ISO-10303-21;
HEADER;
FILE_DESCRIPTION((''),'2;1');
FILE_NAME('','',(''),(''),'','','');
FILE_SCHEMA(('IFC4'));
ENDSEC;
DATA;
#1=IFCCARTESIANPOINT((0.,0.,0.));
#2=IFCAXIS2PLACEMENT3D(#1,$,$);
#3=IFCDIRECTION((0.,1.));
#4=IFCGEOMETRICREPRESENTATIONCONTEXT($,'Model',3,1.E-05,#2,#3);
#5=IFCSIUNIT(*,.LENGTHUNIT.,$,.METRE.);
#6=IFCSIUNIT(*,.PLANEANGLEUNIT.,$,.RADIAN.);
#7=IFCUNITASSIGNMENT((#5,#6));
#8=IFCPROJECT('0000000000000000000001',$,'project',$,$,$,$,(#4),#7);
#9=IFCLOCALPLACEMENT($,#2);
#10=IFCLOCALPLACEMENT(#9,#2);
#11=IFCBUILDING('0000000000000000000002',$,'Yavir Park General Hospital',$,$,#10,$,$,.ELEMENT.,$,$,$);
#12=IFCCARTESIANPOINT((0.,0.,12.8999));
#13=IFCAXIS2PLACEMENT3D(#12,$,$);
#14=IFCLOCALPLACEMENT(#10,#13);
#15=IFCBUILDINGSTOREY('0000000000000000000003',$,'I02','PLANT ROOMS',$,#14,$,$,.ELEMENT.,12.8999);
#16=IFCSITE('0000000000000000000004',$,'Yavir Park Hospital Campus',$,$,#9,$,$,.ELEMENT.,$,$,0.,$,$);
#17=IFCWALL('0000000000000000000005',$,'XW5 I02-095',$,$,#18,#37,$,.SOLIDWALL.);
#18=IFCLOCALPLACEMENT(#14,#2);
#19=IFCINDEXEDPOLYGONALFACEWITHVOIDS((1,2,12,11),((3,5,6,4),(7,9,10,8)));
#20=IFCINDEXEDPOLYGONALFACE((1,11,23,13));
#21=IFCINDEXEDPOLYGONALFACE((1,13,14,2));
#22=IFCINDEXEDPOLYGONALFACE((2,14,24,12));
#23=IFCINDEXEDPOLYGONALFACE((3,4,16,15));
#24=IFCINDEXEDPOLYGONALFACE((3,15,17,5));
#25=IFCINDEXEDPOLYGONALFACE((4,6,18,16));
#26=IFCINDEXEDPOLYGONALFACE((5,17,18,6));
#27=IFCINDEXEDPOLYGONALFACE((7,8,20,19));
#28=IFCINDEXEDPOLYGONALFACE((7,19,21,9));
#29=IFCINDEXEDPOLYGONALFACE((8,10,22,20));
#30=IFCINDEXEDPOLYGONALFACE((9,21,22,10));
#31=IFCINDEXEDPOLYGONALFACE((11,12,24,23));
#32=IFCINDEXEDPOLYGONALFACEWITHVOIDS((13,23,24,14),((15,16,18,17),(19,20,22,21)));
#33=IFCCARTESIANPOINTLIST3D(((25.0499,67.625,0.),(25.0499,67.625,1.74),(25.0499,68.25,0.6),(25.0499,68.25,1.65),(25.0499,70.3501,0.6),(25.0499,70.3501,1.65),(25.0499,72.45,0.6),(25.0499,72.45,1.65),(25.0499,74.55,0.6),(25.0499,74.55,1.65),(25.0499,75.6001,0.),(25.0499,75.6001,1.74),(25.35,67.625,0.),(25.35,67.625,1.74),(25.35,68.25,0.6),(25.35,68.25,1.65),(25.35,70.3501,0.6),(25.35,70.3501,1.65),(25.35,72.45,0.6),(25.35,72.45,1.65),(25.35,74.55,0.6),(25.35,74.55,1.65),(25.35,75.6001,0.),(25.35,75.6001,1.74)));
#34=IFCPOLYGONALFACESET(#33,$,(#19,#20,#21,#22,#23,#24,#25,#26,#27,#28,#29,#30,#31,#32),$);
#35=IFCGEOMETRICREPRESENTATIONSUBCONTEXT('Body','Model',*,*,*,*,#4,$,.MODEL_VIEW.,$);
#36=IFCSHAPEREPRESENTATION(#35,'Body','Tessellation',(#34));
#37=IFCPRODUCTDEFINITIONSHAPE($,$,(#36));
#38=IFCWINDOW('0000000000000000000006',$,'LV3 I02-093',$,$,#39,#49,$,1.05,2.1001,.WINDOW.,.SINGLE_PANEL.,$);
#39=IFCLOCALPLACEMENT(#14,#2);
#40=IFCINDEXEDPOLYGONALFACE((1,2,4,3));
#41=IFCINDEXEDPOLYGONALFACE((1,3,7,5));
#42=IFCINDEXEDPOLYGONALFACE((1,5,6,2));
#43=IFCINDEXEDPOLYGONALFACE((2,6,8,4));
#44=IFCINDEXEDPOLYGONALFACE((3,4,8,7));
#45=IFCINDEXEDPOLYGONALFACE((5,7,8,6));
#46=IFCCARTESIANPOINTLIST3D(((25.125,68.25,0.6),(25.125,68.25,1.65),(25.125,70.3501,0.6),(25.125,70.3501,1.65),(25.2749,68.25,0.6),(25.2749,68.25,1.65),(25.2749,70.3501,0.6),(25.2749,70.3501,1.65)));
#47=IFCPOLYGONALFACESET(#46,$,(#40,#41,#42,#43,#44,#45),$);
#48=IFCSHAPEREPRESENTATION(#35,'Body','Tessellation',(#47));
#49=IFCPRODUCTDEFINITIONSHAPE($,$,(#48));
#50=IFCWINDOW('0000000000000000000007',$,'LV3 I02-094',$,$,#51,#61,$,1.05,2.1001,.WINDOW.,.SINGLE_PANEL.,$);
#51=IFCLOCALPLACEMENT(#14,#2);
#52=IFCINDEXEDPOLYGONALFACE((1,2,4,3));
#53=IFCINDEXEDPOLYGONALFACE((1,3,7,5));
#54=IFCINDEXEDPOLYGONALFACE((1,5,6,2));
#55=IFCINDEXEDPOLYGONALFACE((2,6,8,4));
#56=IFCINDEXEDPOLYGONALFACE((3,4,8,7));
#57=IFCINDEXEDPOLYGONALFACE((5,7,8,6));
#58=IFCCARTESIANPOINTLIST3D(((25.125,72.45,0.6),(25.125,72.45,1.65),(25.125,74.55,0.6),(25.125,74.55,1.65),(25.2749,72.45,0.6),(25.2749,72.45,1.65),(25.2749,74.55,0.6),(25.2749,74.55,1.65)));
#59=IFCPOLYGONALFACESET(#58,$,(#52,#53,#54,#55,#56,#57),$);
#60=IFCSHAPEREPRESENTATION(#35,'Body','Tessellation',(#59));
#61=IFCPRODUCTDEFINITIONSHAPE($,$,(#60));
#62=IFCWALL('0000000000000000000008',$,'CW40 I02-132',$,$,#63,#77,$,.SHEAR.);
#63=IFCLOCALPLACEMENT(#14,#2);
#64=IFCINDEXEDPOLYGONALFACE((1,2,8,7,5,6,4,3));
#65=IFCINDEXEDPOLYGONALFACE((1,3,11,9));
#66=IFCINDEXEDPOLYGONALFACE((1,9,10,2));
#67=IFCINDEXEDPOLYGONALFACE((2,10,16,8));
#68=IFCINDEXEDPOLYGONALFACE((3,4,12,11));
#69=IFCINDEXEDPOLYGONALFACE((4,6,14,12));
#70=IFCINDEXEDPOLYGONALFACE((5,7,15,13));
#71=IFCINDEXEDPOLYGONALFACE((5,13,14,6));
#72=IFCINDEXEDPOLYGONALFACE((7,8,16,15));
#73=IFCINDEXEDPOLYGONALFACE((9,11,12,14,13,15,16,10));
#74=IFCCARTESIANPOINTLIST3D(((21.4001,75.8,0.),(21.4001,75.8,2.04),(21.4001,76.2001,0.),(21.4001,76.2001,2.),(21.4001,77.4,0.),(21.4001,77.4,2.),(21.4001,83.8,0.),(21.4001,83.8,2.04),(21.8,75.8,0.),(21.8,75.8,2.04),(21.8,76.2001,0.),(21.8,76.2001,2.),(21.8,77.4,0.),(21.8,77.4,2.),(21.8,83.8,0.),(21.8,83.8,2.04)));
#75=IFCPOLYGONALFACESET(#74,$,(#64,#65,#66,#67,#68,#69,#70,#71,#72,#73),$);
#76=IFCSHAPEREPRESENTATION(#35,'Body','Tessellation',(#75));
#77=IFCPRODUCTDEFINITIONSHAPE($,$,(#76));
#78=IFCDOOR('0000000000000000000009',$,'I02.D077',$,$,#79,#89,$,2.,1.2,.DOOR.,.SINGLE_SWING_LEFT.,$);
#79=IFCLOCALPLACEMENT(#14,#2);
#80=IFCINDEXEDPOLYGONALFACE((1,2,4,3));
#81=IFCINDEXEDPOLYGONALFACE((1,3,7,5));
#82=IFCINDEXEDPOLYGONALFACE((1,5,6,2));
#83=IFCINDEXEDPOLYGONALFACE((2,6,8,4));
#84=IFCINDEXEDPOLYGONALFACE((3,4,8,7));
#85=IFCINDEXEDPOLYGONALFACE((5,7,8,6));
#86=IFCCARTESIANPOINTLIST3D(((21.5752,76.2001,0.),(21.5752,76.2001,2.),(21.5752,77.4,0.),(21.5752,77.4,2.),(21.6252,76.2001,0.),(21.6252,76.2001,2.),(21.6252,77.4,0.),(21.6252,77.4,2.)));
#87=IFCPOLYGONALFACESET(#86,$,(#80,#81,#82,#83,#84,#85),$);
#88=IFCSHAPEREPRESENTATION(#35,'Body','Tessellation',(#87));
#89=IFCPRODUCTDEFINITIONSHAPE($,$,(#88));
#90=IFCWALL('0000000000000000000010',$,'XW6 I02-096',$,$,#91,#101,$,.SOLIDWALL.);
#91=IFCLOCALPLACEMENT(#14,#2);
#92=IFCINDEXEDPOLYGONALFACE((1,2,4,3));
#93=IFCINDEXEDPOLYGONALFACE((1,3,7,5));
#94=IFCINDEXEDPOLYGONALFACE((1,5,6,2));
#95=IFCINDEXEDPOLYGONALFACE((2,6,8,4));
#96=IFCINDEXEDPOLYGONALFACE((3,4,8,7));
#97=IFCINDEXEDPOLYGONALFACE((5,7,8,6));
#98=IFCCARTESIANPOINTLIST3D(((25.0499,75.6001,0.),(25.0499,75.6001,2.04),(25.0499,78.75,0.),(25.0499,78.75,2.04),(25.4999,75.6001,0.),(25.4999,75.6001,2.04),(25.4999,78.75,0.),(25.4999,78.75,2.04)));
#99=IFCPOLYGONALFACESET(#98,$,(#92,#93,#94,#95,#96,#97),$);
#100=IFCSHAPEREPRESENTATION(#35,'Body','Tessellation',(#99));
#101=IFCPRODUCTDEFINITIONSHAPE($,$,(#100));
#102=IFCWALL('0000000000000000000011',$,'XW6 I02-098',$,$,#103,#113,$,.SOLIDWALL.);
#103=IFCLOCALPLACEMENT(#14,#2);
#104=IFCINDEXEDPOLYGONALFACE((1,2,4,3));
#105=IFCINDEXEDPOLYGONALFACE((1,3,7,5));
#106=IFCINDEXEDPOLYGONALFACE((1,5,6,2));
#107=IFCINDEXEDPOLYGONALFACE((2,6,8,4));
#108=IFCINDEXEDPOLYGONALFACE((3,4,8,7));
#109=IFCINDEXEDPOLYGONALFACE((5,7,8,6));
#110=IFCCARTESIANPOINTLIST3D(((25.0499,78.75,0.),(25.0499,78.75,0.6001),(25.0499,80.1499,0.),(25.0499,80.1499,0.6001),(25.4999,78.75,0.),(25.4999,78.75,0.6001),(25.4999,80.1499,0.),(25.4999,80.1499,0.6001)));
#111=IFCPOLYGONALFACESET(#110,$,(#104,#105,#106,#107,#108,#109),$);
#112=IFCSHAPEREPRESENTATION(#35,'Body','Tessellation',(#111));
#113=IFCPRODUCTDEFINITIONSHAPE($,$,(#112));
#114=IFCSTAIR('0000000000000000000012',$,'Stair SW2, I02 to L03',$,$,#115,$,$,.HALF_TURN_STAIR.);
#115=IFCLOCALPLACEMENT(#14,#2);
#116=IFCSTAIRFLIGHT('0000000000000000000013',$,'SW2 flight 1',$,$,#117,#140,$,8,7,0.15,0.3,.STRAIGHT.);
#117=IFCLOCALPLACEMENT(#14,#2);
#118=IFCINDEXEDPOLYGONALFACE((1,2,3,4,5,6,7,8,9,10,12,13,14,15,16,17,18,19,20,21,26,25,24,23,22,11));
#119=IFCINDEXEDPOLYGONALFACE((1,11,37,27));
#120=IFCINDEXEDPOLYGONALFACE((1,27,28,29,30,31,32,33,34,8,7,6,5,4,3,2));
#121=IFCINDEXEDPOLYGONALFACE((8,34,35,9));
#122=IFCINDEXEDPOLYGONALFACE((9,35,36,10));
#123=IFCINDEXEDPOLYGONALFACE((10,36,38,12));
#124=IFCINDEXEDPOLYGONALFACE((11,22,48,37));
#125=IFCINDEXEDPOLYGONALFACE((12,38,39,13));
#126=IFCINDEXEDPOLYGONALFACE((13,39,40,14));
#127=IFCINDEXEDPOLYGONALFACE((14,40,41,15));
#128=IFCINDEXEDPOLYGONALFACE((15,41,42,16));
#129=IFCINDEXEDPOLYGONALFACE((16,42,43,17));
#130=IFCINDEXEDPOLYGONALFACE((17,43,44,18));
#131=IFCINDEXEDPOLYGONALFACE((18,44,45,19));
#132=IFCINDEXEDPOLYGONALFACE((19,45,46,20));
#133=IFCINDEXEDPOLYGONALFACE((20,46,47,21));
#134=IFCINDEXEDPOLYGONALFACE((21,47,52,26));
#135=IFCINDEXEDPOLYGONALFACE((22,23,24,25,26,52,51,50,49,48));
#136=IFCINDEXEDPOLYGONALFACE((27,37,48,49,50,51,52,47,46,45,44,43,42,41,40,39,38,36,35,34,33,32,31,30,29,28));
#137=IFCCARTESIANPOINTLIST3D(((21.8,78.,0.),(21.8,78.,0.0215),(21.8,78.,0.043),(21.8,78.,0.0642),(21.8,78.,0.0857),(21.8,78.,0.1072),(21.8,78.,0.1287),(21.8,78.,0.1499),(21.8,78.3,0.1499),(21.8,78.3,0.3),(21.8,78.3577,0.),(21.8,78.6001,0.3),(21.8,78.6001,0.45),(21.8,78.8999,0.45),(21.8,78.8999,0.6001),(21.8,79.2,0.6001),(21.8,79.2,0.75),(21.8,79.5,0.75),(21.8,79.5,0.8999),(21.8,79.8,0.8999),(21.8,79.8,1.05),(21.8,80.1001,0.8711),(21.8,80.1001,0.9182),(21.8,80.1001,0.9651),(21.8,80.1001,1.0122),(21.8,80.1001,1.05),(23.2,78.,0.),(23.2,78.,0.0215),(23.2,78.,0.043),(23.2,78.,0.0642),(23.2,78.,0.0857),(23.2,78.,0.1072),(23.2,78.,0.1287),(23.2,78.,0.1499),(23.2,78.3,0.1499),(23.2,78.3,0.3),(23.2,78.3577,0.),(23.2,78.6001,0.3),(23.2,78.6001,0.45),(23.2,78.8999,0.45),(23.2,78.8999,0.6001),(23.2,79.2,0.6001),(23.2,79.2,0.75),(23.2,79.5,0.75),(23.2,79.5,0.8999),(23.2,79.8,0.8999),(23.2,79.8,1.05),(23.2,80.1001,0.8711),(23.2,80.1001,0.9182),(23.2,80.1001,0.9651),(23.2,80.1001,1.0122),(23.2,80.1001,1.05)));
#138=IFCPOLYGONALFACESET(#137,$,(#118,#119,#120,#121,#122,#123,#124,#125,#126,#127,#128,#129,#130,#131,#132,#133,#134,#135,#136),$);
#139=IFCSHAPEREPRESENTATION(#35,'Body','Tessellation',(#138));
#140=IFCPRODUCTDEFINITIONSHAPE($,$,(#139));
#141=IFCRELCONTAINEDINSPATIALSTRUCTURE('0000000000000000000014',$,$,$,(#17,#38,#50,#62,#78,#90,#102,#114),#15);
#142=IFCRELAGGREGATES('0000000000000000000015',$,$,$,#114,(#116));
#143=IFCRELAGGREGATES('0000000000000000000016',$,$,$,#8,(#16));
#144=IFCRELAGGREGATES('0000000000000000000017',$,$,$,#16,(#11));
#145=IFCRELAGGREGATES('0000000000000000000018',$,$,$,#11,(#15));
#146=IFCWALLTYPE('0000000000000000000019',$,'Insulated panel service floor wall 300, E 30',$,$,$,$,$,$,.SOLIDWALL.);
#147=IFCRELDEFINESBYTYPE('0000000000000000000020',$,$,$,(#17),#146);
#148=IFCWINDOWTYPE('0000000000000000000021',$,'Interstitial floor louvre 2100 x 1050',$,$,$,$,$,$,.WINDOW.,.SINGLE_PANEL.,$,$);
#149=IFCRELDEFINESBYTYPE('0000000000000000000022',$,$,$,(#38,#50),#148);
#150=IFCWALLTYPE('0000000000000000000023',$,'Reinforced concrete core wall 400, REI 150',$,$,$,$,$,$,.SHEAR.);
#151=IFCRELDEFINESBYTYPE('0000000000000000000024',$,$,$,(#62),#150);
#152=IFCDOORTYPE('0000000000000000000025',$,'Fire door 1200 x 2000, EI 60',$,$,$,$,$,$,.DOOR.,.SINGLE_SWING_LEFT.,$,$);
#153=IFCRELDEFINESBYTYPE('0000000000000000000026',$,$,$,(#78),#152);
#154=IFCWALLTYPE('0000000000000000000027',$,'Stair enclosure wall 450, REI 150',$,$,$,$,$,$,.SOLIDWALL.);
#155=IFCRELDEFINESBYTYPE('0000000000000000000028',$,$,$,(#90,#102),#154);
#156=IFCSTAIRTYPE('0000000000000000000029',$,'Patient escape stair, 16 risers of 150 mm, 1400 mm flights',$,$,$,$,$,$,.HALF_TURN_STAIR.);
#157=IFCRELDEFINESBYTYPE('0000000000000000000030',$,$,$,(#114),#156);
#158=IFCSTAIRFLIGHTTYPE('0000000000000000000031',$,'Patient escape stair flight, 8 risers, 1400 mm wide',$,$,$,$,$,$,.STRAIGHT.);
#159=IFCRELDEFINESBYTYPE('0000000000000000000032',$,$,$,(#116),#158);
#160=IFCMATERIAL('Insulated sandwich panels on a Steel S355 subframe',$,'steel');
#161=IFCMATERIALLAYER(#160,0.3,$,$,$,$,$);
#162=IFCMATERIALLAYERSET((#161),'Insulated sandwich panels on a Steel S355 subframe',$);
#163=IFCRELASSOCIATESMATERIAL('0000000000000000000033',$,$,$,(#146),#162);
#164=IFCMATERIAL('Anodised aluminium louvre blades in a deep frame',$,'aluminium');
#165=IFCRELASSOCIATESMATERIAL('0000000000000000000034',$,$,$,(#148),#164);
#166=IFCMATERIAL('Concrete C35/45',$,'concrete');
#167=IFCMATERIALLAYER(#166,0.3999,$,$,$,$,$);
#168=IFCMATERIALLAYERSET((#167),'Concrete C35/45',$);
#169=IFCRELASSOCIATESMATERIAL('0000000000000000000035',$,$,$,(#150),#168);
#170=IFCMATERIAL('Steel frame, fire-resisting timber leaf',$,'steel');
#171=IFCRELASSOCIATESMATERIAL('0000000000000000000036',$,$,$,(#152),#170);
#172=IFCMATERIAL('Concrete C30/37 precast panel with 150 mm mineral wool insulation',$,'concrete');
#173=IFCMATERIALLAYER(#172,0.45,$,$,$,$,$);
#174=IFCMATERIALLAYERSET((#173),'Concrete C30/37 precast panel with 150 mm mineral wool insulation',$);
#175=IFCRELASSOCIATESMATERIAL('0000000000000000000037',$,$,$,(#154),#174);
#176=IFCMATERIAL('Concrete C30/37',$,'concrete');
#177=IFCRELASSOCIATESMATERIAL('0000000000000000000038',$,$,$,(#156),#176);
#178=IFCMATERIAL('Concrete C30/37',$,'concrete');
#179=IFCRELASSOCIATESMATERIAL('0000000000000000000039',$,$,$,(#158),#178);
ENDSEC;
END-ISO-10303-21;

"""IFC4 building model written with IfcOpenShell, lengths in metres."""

from ifc_helpers import new_model, si_unit, direction, frame, frame_2d, origin, place, context, subcontext, project, spatial, polyline, rectangle, outline, extrude, material, layer, layer_set, type_object, element, fill, aggregate, save


model = new_model("IFC4")

# Units and contexts
model_context = context("Model", 3, precision=1e-05, world=origin(), true_north=direction((0.0, 1.0)))
body_context = subcontext(model_context, "Body", "Model", "MODEL_VIEW")
ifc_project = project(units=[si_unit("LENGTHUNIT", "METRE"), si_unit("PLANEANGLEUNIT", "RADIAN")], contexts=[model_context])

# Site, building, storey
site_placement = place(None, origin())
site = spatial("IfcSite", under=ifc_project, at=site_placement, Name="Yavir Park Hospital Campus", CompositionType="ELEMENT", RefElevation=0.0)
building_placement = place(site_placement, origin())
building = spatial("IfcBuilding", under=site, at=building_placement, Name="Yavir Park General Hospital", CompositionType="ELEMENT")
storey_placement = place(building_placement, frame((0.0, 0.0, 12.8999)))
storey = spatial("IfcBuildingStorey", under=building, at=storey_placement, Name="I02", Description="PLANT ROOMS", CompositionType="ELEMENT", Elevation=12.8999)

# Wall, openings, windows
ifc_material_1 = material(Name="Insulated sandwich panels on a Steel S355 subframe", Category="steel")
ifc_layer_1 = layer(ifc_material_1, 0.3)
ifc_layer_set_1 = layer_set([ifc_layer_1], Name="Insulated sandwich panels on a Steel S355 subframe")
wall_type_1 = type_object("IfcWallType", Name="Insulated panel service floor wall 300, E 30", PredefinedType="SOLIDWALL", material=ifc_layer_set_1)
ifc_material_2 = material(Name="Anodised aluminium louvre blades in a deep frame", Category="aluminium")
window_type = type_object("IfcWindowType", Name="Interstitial floor louvre 2100 x 1050", PartitioningType="SINGLE_PANEL", PredefinedType="WINDOW", material=ifc_material_2)
wall_1_placement = place(storey_placement, frame((25.2, 67.625, 0.0), z_axis=(0.0, 0.0, 1.0), x_axis=(0.0, 1.0, 0.0)))
wall_1 = element("IfcWall", 1, at=wall_1_placement, inside=storey, type_object=wall_type_1, Name="XW5 I02-095", PredefinedType="SOLIDWALL", context=body_context, shape_type="SweptSolid", body=[
    extrude(rectangle(XDim=7.9751, YDim=0.3, at=frame_2d((3.9875, 0.0))), origin(), (0.0, 0.0, 1.0), 1.74),
])
opening_1_placement = place(wall_1_placement, frame((0.625, 0.0, 0.6001)))
opening_1 = element("IfcOpeningElement", 2, at=opening_1_placement, cuts=wall_1, PredefinedType="OPENING", context=body_context, shape_type="SweptSolid", body=[
    extrude(rectangle(XDim=2.1001, YDim=1.05, at=frame_2d((1.05, 0.5249))), frame((0.0, 0.1599, 0.0), z_axis=(0.0, -1.0, 0.0), x_axis=(1.0, 0.0, 0.0)), (0.0, 0.0, 1.0), 0.3201),
])
opening_2_placement = place(wall_1_placement, frame((4.825, 0.0, 0.6001)))
opening_2 = element("IfcOpeningElement", 3, at=opening_2_placement, cuts=wall_1, PredefinedType="OPENING", context=body_context, shape_type="SweptSolid", body=[
    extrude(rectangle(XDim=2.1001, YDim=1.05, at=frame_2d((1.05, 0.5249))), frame((0.0, 0.1599, 0.0), z_axis=(0.0, -1.0, 0.0), x_axis=(1.0, 0.0, 0.0)), (0.0, 0.0, 1.0), 0.3201),
])
window_1_placement = place(opening_1_placement, origin())
window_1 = element("IfcWindow", 4, at=window_1_placement, inside=storey, type_object=window_type, Name="LV3 I02-093", OverallHeight=1.05, OverallWidth=2.1001, PartitioningType="SINGLE_PANEL", PredefinedType="WINDOW", context=body_context, shape_type="SweptSolid", body=[
    extrude(rectangle(XDim=2.1001, YDim=1.05, at=frame_2d((1.05, 0.5249))), frame((0.0, 0.075, 0.0), z_axis=(0.0, -1.0, 0.0), x_axis=(1.0, 0.0, 0.0)), (0.0, 0.0, 1.0), 0.1499),
])
fill(opening_1, window_1)
window_2_placement = place(opening_2_placement, origin())
window_2 = element("IfcWindow", 5, at=window_2_placement, inside=storey, type_object=window_type, Name="LV3 I02-094", OverallHeight=1.05, OverallWidth=2.1001, PartitioningType="SINGLE_PANEL", PredefinedType="WINDOW", context=body_context, shape_type="SweptSolid", body=[
    extrude(rectangle(XDim=2.1001, YDim=1.05, at=frame_2d((1.05, 0.5249))), frame((0.0, 0.075, 0.0), z_axis=(0.0, -1.0, 0.0), x_axis=(1.0, 0.0, 0.0)), (0.0, 0.0, 1.0), 0.1499),
])
fill(opening_2, window_2)

# Wall, opening, door
ifc_material_3 = material(Name="Concrete C35/45", Category="concrete")
ifc_layer_2 = layer(ifc_material_3, 0.3999)
ifc_layer_set_2 = layer_set([ifc_layer_2], Name="Concrete C35/45")
wall_type_2 = type_object("IfcWallType", Name="Reinforced concrete core wall 400, REI 150", PredefinedType="SHEAR", material=ifc_layer_set_2)
wall_2_placement = place(storey_placement, frame((21.6001, 75.8, 0.0), z_axis=(0.0, 0.0, 1.0), x_axis=(0.0, 1.0, 0.0)))
wall_2 = element("IfcWall", 6, at=wall_2_placement, inside=storey, type_object=wall_type_2, Name="CW40 I02-132", PredefinedType="SHEAR", context=body_context, shape_type="SweptSolid", body=[
    extrude(rectangle(XDim=8.0, YDim=0.3999, at=frame_2d((4.0, 0.0))), origin(), (0.0, 0.0, 1.0), 2.04),
])
opening_3_placement = place(wall_2_placement, frame((0.3999, 0.0, 0.0)))
opening_3 = element("IfcOpeningElement", 7, at=opening_3_placement, cuts=wall_2, PredefinedType="OPENING", context=body_context, shape_type="SweptSolid", body=[
    extrude(rectangle(XDim=1.2, YDim=2.0, at=frame_2d((0.6001, 1.0))), frame((0.0, 0.21, 0.0), z_axis=(0.0, -1.0, 0.0), x_axis=(1.0, 0.0, 0.0)), (0.0, 0.0, 1.0), 0.4199),
])
ifc_material_4 = material(Name="Steel frame, fire-resisting timber leaf", Category="steel")
door_type = type_object("IfcDoorType", Name="Fire door 1200 x 2000, EI 60", OperationType="SINGLE_SWING_LEFT", PredefinedType="DOOR", material=ifc_material_4)
door_placement = place(opening_3_placement, origin())
door = element("IfcDoor", 8, at=door_placement, inside=storey, type_object=door_type, Name="I02.D077", OperationType="SINGLE_SWING_LEFT", OverallHeight=2.0, OverallWidth=1.2, PredefinedType="DOOR", context=body_context, shape_type="SweptSolid", body=[
    extrude(rectangle(XDim=1.2, YDim=2.0, at=frame_2d((0.6001, 1.0))), frame((0.0, 0.0249, 0.0), z_axis=(0.0, -1.0, 0.0), x_axis=(1.0, 0.0, 0.0)), (0.0, 0.0, 1.0), 0.05),
])
fill(opening_3, door)

# Walls
ifc_material_5 = material(Name="Concrete C30/37 precast panel with 150 mm mineral wool insulation", Category="concrete")
ifc_layer_3 = layer(ifc_material_5, 0.45)
ifc_layer_set_3 = layer_set([ifc_layer_3], Name="Concrete C30/37 precast panel with 150 mm mineral wool insulation")
wall_type_3 = type_object("IfcWallType", Name="Stair enclosure wall 450, REI 150", PredefinedType="SOLIDWALL", material=ifc_layer_set_3)
wall_3_placement = place(storey_placement, frame((25.2749, 75.6001, 0.0), z_axis=(0.0, 0.0, 1.0), x_axis=(0.0, 1.0, 0.0)))
element("IfcWall", 9, at=wall_3_placement, inside=storey, type_object=wall_type_3, Name="XW6 I02-096", PredefinedType="SOLIDWALL", context=body_context, shape_type="SweptSolid", body=[
    extrude(rectangle(XDim=3.1499, YDim=0.45, at=frame_2d((1.575, 0.0))), origin(), (0.0, 0.0, 1.0), 2.04),
])
wall_4_placement = place(storey_placement, frame((25.2749, 78.75, 0.0), z_axis=(0.0, 0.0, 1.0), x_axis=(0.0, 1.0, 0.0)))
element("IfcWall", 10, at=wall_4_placement, inside=storey, type_object=wall_type_3, Name="XW6 I02-098", PredefinedType="SOLIDWALL", context=body_context, shape_type="SweptSolid", body=[
    extrude(rectangle(XDim=1.3999, YDim=0.45, at=frame_2d((0.7, 0.0))), origin(), (0.0, 0.0, 1.0), 0.6001),
])

# Stair, stair flight
ifc_material_6 = material(Name="Concrete C30/37", Category="concrete")
stair_type = type_object("IfcStairType", Name="Patient escape stair, 16 risers of 150 mm, 1400 mm flights", PredefinedType="HALF_TURN_STAIR", material=ifc_material_6)
stair_placement = place(storey_placement, origin())
stair = element("IfcStair", 11, at=stair_placement, inside=storey, type_object=stair_type, Name="Stair SW2, I02 to L03", PredefinedType="HALF_TURN_STAIR")
ifc_material_7 = material(Name="Concrete C30/37", Category="concrete")
stair_flight_type = type_object("IfcStairFlightType", Name="Patient escape stair flight, 8 risers, 1400 mm wide", PredefinedType="STRAIGHT", material=ifc_material_7)
stair_flight_1_placement = place(storey_placement, frame((22.5, 78.0, 0.0), z_axis=(0.0, 0.0, 1.0), x_axis=(0.0, 1.0, 0.0)))
stair_flight_1 = element("IfcStairFlight", 12, at=stair_flight_1_placement, type_object=stair_flight_type, Name="SW2 flight 1", NumberOfRisers=8, NumberOfTreads=7, PredefinedType="STRAIGHT", RiserHeight=0.15, TreadLength=0.3, context=body_context, shape_type="SweptSolid", body=[
    extrude(outline(polyline([(0.0, 0.0), (0.0, 0.0215), (0.0, 0.043), (0.0, 0.0642), (0.0, 0.0857), (0.0, 0.1072), (0.0, 0.1287), (0.0, 0.1499), (0.3, 0.1499), (0.3, 0.3), (0.6001, 0.3), (0.6001, 0.45), (0.8999, 0.45), (0.8999, 0.6001), (1.2, 0.6001), (1.2, 0.75), (1.5, 0.75), (1.5, 0.8999), (1.8, 0.8999), (1.8, 1.05), (2.1001, 1.05), (2.1001, 1.2), (2.1001, 1.1531), (2.1001, 1.106), (2.1001, 1.0591), (2.1001, 1.0122), (2.1001, 0.9651), (2.1001, 0.9182), (2.1001, 0.8711), (0.3577, 0.0), (0.0, 0.0)])), frame((0.0, 0.7, 0.0), z_axis=(0.0, -1.0, 0.0), x_axis=(1.0, 0.0, 0.0)), (0.0, 0.0, 1.0), 1.3999),
])
aggregate(stair, [stair_flight_1])

save(model, "model.ifc")
